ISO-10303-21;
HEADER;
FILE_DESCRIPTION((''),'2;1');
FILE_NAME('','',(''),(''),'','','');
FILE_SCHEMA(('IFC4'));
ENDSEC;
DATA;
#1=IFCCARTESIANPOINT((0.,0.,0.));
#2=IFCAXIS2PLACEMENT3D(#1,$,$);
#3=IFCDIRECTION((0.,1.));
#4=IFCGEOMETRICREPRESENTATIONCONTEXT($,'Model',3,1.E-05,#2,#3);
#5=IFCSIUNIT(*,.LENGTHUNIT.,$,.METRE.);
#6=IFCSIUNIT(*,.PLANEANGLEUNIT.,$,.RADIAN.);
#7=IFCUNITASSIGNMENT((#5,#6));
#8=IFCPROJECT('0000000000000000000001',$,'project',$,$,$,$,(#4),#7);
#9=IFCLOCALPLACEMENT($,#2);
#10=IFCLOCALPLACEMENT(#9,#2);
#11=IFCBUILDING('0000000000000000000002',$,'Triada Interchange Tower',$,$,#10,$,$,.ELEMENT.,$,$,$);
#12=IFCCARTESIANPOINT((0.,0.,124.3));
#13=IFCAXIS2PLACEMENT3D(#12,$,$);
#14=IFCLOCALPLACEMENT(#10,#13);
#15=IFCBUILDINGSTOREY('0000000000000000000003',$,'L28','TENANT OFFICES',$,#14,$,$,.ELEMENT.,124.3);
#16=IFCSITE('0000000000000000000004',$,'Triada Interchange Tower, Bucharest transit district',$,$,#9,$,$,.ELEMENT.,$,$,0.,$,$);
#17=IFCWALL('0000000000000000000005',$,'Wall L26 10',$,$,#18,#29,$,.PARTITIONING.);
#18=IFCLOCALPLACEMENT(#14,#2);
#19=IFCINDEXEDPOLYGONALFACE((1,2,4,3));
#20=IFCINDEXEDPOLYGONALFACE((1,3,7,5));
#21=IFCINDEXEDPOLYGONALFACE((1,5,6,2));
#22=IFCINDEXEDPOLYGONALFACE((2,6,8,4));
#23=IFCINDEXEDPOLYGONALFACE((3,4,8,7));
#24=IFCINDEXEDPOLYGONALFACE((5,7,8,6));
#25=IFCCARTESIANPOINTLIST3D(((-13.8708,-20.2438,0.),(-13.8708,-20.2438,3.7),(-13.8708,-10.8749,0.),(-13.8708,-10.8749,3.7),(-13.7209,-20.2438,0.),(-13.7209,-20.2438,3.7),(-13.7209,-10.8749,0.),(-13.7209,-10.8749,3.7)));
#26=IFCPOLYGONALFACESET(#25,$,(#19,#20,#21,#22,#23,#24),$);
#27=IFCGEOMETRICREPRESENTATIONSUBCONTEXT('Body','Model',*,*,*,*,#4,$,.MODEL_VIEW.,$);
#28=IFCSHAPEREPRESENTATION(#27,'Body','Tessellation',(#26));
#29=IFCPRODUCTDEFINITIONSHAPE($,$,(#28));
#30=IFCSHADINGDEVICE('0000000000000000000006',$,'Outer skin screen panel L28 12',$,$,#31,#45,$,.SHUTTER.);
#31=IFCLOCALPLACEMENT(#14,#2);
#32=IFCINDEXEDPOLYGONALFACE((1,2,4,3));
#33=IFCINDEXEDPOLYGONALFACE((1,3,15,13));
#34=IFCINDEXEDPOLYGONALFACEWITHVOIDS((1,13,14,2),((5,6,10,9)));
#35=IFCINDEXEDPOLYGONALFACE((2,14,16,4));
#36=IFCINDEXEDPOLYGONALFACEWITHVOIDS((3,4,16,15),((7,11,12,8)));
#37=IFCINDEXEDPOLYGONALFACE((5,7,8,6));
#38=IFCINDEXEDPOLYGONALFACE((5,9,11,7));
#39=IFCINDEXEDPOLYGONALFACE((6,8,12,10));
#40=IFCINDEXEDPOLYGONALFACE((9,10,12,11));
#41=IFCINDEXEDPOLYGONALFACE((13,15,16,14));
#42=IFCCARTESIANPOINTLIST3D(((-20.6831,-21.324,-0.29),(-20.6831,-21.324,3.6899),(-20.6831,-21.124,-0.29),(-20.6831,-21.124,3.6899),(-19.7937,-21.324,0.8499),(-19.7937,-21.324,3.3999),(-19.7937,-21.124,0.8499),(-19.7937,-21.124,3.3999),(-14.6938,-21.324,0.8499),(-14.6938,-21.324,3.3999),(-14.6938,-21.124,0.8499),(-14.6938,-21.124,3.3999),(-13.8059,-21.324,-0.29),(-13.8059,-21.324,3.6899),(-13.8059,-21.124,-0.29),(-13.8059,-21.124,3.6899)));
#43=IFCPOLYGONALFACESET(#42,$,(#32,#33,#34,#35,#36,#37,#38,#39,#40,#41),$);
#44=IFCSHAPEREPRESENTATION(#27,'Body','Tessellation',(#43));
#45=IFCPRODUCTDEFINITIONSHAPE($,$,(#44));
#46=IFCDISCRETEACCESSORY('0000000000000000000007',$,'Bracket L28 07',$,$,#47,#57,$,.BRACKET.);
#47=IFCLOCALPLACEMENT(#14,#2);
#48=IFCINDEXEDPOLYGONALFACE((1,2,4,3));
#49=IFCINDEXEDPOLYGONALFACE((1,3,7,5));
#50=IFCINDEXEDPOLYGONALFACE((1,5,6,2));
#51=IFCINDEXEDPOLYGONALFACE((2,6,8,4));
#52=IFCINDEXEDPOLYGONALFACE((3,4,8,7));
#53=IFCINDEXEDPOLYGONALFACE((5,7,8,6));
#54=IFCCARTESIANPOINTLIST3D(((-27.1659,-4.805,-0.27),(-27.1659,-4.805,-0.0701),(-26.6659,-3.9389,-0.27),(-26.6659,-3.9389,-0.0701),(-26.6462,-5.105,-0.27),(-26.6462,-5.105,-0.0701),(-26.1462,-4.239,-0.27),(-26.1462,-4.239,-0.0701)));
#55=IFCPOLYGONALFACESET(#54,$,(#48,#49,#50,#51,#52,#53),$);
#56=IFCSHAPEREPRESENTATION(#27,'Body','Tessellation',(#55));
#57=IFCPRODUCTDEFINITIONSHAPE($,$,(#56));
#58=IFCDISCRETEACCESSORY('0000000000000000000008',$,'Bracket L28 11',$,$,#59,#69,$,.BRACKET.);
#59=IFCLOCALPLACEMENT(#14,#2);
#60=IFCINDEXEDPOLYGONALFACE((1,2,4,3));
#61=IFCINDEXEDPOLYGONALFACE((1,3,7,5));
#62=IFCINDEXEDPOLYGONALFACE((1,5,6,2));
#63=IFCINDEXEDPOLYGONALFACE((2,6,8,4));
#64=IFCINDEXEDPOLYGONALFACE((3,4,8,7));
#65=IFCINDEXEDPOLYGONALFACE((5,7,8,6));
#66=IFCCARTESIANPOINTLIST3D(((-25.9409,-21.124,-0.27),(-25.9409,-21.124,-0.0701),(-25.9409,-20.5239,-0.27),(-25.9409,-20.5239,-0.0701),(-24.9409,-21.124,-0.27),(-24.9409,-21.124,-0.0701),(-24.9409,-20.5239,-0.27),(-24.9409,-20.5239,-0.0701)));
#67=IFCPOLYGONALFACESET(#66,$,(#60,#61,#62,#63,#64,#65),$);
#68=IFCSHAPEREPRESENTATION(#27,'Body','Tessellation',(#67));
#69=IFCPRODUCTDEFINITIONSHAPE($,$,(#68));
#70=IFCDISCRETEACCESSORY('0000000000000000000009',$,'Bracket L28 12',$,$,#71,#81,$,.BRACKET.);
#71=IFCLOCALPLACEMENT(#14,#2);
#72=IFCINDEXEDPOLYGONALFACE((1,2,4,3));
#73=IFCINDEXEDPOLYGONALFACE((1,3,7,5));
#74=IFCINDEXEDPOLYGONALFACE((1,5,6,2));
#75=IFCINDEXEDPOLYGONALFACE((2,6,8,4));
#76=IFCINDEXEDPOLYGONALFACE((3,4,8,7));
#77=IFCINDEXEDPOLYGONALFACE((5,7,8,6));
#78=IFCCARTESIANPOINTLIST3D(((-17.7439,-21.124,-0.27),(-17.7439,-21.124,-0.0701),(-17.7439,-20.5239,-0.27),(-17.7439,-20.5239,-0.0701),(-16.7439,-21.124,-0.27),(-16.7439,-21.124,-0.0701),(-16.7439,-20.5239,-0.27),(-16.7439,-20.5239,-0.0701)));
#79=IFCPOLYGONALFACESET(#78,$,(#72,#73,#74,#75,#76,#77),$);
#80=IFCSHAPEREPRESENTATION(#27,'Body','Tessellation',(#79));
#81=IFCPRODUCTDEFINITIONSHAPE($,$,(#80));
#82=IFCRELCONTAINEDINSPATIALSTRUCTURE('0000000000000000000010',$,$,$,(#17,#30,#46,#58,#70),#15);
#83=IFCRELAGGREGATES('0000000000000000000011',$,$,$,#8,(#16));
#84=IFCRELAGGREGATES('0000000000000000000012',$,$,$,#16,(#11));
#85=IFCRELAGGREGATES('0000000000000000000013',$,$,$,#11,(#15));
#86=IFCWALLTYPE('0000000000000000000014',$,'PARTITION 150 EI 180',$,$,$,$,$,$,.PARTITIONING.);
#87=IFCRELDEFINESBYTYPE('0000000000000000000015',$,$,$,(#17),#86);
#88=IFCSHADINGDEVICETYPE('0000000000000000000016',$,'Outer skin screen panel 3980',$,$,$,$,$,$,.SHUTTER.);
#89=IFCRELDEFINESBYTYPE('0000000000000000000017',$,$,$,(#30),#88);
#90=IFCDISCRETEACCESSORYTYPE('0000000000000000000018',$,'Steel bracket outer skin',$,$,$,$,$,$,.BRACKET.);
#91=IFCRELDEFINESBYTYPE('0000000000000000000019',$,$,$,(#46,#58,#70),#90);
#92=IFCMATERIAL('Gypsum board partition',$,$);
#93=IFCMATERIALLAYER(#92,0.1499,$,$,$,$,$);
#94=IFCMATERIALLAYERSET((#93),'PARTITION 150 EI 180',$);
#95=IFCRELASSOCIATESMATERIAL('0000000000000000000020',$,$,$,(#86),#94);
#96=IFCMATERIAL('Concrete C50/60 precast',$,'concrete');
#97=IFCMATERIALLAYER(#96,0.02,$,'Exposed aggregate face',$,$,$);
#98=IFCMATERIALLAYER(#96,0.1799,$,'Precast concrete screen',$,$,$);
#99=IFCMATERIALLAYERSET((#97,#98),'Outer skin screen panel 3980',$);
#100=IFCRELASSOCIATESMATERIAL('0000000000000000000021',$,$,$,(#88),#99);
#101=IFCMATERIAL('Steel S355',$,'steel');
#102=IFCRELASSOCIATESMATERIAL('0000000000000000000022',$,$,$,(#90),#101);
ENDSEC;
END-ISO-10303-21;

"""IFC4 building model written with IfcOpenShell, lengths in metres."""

from ifc_helpers import new_model, si_unit, direction, frame, frame_2d, origin, origin_2d, place, context, subcontext, project, spatial, polyline, rectangle, outline, extrude, material, layer, layer_set, type_object, element, save


model = new_model("IFC4")

# Units and contexts
model_context = context("Model", 3, precision=1e-05, world=origin(), true_north=direction((0.0, 1.0)))
body_context = subcontext(model_context, "Body", "Model", "MODEL_VIEW")
ifc_project = project(units=[si_unit("LENGTHUNIT", "METRE"), si_unit("PLANEANGLEUNIT", "RADIAN")], contexts=[model_context])

# Site, building, storey
site_placement = place(None, origin())
site = spatial("IfcSite", under=ifc_project, at=site_placement, Name="Triada Interchange Tower, Bucharest transit district", CompositionType="ELEMENT", RefElevation=0.0)
building_placement = place(site_placement, origin())
building = spatial("IfcBuilding", under=site, at=building_placement, Name="Triada Interchange Tower", CompositionType="ELEMENT")
storey_placement = place(building_placement, frame((0.0, 0.0, 124.3)))
storey = spatial("IfcBuildingStorey", under=building, at=storey_placement, Name="L28", Description="TENANT OFFICES", CompositionType="ELEMENT", Elevation=124.3)

# Shared definitions
ifc_material_1 = material(Name="Gypsum board partition")
ifc_layer_1 = layer(ifc_material_1, 0.1499)
ifc_layer_set_1 = layer_set([ifc_layer_1], Name="PARTITION 150 EI 180")
wall_type_1 = type_object("IfcWallType", Name="PARTITION 150 EI 180", PredefinedType="PARTITIONING", material=ifc_layer_set_1)

# Wall
wall_1_placement = place(storey_placement, frame((-13.7959, -20.2439, 0.0), z_axis=(0.0, 0.0, 1.0), x_axis=(0.0, 1.0, 0.0)))
element("IfcWall", 1, at=wall_1_placement, inside=storey, type_object=wall_type_1, Name="Wall L26 10", PredefinedType="PARTITIONING", context=body_context, shape_type="SweptSolid", body=[
    extrude(rectangle(XDim=9.3689, YDim=0.1499, at=frame_2d((4.6846, 0.0))), origin(), (0.0, 0.0, 1.0), 3.7),
])

# Shading device
ifc_material_2 = material(Name="Concrete C50/60 precast", Category="concrete")
ifc_layer_2 = layer(ifc_material_2, 0.02, Name="Exposed aggregate face")
ifc_layer_3 = layer(ifc_material_2, 0.1799, Name="Precast concrete screen")
ifc_layer_set_2 = layer_set([ifc_layer_2, ifc_layer_3], Name="Outer skin screen panel 3980")
shading_device_type = type_object("IfcShadingDeviceType", Name="Outer skin screen panel 3980", PredefinedType="SHUTTER", material=ifc_layer_set_2)
shading_device_placement = place(storey_placement, frame((-20.6831, -21.124, -0.29), z_axis=(0.0, 0.0, 1.0), x_axis=(1.0, 0.0, 0.0)))
element("IfcShadingDevice", 2, at=shading_device_placement, inside=storey, type_object=shading_device_type, Name="Outer skin screen panel L28 12", PredefinedType="SHUTTER", context=body_context, shape_type="SweptSolid", body=[
    extrude(outline(polyline([(0.0, 0.0), (6.8772, 0.0), (6.8772, 3.98), (0.0, 3.98), (0.0, 0.0)]), holes=[polyline([(0.8894, 1.1399), (0.8894, 3.6899), (5.9893, 3.6899), (5.9893, 1.1399), (0.8894, 1.1399)])]), frame((0.0, 0.0, 0.0), z_axis=(0.0, -1.0, 0.0), x_axis=(1.0, 0.0, 0.0)), (0.0, 0.0, 1.0), 0.2),
])

# Discrete accessories
ifc_material_3 = material(Name="Steel S355", Category="steel")
discrete_accessory_type = type_object("IfcDiscreteAccessoryType", Name="Steel bracket outer skin", PredefinedType="BRACKET", material=ifc_material_3)
for number, where, z_axis, x_axis, name in (
    (3, (-26.656, -4.522, -0.27), (0.0, 0.0, 1.0), (-0.866028, 0.499995, 0.0), "Bracket L28 07"),
    (4, (-25.4409, -20.824, -0.27), (0.0, 0.0, 1.0), (0.0, -1.0, 0.0), "Bracket L28 11"),
    (5, (-17.2439, -20.824, -0.27), (0.0, 0.0, 1.0), (0.0, -1.0, 0.0), "Bracket L28 12"),
):
    element("IfcDiscreteAccessory", number, at=place(storey_placement, frame(where, z_axis=z_axis, x_axis=x_axis)), inside=storey, type_object=discrete_accessory_type, Name=name, PredefinedType="BRACKET", context=body_context, shape_type="SweptSolid", body=[
        extrude(rectangle(XDim=0.6001, YDim=1.0, at=origin_2d()), origin(), (0.0, 0.0, 1.0), 0.2),
    ])

save(model, "model.ifc")
